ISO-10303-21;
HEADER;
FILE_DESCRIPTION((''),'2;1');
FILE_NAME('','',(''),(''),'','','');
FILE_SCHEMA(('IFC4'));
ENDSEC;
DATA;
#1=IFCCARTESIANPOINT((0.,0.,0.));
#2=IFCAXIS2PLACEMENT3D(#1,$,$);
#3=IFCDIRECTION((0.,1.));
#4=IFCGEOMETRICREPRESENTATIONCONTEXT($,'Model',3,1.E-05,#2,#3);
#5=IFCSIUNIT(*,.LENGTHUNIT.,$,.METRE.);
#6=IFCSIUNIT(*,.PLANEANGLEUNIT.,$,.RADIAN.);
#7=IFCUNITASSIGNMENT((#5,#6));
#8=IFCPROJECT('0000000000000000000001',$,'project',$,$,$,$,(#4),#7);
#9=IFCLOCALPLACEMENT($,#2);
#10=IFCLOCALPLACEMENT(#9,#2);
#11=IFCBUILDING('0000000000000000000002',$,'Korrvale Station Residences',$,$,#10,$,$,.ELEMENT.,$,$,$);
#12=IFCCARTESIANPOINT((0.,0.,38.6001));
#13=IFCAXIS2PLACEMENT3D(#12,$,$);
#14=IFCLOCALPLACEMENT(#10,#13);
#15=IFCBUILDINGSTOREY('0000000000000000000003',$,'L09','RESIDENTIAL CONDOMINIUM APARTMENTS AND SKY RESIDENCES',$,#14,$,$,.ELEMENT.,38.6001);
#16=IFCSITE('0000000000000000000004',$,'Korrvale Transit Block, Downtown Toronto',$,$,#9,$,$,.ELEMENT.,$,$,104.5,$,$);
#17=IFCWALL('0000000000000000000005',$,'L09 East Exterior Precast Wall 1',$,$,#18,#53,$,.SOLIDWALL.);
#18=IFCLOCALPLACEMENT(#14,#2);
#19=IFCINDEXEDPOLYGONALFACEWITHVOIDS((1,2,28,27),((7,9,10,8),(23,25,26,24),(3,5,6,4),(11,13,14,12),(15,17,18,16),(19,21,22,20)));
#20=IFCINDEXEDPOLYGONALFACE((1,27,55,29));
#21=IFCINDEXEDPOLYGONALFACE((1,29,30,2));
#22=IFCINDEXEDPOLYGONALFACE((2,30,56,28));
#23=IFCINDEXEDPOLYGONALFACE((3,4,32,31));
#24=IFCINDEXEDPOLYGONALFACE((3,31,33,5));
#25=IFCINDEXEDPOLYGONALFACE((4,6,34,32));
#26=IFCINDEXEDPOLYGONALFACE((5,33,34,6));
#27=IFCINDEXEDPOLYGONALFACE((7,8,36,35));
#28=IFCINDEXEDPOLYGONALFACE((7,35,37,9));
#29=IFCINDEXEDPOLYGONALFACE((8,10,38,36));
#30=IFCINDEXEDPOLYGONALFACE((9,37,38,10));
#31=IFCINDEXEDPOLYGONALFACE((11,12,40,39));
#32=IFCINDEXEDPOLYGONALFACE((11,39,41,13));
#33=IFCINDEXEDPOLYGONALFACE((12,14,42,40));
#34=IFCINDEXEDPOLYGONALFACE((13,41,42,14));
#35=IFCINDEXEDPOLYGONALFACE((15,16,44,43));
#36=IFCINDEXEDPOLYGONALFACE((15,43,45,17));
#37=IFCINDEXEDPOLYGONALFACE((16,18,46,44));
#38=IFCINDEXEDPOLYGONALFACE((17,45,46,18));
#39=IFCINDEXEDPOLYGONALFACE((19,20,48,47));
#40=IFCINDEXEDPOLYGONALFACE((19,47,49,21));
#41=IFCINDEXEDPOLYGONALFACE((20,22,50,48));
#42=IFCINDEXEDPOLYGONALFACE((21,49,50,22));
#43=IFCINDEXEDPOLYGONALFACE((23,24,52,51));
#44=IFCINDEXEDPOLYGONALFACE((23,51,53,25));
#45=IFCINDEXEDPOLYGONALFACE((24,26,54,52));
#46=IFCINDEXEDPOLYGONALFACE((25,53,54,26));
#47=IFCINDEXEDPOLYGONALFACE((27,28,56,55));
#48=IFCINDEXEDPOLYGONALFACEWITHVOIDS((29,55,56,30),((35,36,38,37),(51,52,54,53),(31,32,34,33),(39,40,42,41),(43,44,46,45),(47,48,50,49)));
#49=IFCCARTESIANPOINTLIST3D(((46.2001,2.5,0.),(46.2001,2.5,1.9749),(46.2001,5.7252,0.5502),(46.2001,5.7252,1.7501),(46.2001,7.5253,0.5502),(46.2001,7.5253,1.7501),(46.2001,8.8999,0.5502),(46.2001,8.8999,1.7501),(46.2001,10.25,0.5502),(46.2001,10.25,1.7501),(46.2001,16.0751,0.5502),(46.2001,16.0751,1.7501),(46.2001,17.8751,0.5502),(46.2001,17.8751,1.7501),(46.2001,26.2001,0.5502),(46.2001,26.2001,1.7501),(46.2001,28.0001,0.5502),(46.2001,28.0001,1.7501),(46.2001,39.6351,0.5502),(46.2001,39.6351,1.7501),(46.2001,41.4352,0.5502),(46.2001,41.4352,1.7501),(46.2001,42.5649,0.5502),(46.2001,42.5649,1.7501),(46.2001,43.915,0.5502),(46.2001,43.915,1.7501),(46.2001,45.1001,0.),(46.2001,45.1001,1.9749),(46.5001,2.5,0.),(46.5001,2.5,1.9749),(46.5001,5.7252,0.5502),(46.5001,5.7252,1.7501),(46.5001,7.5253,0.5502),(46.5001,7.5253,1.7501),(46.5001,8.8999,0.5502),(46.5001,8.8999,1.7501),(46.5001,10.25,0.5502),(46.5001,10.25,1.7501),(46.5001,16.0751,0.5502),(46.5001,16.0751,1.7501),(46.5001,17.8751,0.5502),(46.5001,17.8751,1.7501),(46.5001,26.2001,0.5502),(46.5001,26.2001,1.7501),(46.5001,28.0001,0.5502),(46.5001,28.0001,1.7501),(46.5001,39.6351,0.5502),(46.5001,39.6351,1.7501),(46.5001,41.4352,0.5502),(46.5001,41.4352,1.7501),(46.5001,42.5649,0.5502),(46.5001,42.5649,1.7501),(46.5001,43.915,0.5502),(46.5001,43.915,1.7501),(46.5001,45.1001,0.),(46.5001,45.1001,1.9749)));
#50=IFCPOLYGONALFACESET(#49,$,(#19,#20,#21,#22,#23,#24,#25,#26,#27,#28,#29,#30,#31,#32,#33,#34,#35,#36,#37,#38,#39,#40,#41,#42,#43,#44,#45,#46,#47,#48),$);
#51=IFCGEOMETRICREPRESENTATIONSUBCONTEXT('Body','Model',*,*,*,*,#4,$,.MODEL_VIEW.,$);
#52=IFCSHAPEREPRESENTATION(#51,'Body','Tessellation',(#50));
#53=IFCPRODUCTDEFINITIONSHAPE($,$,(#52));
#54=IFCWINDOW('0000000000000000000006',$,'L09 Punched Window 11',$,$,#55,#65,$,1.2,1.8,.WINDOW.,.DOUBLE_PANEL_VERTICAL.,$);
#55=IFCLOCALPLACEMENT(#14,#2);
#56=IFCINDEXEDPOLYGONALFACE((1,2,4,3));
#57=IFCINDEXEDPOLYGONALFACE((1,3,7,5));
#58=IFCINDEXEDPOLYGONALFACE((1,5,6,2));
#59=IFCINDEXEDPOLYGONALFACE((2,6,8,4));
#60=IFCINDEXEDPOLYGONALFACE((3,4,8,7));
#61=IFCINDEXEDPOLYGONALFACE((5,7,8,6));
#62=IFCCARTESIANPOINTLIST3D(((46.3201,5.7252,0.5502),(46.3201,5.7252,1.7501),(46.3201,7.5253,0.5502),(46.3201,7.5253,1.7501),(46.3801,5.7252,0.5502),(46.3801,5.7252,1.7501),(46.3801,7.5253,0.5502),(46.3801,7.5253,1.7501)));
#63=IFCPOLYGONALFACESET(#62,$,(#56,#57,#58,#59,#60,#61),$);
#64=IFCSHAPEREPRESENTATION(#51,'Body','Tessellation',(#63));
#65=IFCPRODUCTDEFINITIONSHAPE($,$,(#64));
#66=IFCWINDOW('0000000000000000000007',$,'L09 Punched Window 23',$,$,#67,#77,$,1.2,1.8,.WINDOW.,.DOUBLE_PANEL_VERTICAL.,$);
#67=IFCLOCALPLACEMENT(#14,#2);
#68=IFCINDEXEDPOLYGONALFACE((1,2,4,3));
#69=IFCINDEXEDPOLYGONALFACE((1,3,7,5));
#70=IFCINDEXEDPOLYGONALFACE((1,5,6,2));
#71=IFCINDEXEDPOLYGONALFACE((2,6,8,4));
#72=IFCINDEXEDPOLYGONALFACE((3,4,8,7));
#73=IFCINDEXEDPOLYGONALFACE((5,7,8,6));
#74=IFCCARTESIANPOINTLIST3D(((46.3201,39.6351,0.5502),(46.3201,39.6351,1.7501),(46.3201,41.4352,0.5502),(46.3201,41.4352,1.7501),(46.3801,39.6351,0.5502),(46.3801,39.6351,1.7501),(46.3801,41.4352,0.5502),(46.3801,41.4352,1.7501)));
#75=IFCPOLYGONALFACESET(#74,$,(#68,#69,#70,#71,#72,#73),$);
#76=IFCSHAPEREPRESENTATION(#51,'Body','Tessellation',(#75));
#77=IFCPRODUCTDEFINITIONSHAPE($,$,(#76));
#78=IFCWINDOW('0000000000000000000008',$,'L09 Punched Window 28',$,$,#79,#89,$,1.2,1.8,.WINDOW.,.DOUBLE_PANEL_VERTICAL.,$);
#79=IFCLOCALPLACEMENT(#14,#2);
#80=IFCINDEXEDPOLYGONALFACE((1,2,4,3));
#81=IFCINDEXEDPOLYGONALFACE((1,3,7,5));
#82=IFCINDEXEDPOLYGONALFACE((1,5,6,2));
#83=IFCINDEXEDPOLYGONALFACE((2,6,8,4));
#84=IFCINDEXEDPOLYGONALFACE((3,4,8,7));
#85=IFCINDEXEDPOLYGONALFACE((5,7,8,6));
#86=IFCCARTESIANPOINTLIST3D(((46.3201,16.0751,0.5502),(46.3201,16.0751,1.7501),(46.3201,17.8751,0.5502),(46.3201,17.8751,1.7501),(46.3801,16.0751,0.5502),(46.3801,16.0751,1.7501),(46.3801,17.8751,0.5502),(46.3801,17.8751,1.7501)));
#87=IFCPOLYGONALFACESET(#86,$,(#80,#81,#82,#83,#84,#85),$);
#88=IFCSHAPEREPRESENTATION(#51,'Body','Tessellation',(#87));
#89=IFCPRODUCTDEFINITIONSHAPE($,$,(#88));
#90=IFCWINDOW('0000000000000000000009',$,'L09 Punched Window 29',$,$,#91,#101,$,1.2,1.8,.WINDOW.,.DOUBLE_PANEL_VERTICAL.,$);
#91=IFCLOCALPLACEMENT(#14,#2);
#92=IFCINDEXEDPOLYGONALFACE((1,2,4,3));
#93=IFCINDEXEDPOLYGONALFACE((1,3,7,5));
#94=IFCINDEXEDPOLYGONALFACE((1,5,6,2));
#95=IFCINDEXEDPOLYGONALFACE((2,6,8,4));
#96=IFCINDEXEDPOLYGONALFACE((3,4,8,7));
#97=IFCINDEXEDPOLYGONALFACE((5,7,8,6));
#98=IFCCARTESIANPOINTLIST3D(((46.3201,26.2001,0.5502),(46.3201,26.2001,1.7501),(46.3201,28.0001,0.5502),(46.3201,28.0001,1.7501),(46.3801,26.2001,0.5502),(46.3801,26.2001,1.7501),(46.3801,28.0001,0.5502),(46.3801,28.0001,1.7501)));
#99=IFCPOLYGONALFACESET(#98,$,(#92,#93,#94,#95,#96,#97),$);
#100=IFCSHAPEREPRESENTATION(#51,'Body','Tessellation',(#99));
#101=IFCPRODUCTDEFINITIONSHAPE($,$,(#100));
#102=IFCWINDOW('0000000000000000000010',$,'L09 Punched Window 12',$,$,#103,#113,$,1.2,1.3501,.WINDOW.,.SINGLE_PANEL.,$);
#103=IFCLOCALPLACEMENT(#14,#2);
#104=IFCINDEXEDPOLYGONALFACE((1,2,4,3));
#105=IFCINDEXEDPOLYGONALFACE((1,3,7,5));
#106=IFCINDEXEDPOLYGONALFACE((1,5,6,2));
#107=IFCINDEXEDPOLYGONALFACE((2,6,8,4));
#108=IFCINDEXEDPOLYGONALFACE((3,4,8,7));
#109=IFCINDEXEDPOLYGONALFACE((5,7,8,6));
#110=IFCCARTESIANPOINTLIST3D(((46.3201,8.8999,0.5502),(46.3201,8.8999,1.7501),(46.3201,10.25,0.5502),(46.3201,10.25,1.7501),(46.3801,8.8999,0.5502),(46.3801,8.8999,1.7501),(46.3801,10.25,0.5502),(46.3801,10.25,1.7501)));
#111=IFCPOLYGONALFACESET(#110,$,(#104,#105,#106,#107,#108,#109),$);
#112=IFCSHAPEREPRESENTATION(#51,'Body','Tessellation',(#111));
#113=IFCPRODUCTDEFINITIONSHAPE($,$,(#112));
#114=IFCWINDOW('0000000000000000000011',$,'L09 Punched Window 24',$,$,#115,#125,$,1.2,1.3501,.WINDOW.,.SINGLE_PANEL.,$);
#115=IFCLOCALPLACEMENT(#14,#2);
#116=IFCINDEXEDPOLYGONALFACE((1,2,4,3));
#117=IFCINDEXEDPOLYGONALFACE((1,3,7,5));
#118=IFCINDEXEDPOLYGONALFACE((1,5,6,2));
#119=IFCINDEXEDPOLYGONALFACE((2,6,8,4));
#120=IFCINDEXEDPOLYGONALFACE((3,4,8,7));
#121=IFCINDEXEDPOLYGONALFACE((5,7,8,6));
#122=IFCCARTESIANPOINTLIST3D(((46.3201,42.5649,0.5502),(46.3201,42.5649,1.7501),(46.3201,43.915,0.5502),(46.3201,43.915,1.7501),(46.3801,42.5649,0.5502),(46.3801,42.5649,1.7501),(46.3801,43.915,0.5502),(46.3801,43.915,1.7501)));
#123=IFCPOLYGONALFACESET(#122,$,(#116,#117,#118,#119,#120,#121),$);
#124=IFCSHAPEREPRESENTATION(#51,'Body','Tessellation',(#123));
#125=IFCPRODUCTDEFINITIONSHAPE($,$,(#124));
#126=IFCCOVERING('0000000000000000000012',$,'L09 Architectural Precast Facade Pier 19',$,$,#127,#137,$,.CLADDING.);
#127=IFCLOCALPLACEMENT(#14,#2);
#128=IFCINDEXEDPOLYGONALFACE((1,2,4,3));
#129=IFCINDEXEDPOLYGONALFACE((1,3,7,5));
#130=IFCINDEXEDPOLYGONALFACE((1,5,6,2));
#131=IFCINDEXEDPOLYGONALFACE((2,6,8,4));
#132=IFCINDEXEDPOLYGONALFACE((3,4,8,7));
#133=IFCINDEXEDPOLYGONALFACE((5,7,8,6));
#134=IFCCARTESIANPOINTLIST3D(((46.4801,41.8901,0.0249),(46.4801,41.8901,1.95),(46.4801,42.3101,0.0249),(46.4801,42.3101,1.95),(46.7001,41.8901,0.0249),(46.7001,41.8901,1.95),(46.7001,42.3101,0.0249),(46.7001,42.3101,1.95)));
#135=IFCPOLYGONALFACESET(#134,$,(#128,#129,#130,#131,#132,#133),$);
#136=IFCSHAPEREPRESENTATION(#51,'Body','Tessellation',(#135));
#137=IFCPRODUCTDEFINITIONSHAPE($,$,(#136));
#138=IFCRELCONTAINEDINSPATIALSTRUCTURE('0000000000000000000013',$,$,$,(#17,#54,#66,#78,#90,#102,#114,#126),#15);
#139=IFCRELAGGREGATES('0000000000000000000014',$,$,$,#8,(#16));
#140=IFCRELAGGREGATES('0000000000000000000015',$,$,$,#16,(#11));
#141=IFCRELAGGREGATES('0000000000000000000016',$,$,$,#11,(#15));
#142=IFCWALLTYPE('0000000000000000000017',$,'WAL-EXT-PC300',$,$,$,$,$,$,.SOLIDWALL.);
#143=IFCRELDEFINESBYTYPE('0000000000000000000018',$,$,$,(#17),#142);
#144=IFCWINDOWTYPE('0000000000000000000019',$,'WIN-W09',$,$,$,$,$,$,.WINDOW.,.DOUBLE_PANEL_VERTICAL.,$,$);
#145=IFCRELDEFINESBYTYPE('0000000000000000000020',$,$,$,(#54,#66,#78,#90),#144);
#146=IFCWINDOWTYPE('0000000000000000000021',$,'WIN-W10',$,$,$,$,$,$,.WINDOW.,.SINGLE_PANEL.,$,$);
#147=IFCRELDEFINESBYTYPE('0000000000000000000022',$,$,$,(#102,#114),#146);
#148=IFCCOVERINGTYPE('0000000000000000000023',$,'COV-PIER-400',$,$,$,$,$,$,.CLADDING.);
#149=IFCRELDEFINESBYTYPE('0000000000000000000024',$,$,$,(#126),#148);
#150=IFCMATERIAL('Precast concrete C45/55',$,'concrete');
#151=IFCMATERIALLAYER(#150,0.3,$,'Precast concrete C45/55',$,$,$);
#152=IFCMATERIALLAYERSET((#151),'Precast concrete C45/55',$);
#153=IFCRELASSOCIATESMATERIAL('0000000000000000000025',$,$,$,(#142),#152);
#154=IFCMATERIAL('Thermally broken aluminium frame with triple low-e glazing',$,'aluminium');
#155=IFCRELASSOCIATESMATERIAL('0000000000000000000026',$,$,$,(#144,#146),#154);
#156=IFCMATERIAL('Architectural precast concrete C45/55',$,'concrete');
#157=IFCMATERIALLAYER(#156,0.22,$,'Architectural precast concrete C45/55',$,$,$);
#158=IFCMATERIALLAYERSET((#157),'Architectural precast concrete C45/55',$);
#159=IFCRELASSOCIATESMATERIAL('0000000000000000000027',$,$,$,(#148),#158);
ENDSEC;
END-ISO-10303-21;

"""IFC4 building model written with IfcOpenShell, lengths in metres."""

from ifc_helpers import new_model, si_unit, direction, frame, frame_2d, origin, origin_2d, place, context, subcontext, project, spatial, rectangle, extrude, material, layer, layer_set, type_object, element, fill, save


model = new_model("IFC4")

# Units and contexts
model_context = context("Model", 3, precision=1e-05, world=origin(), true_north=direction((0.0, 1.0)))
body_context = subcontext(model_context, "Body", "Model", "MODEL_VIEW")
ifc_project = project(units=[si_unit("LENGTHUNIT", "METRE"), si_unit("PLANEANGLEUNIT", "RADIAN")], contexts=[model_context])

# Site, building, storey
site_placement = place(None, origin())
site = spatial("IfcSite", under=ifc_project, at=site_placement, Name="Korrvale Transit Block, Downtown Toronto", CompositionType="ELEMENT", RefElevation=104.5)
building_placement = place(site_placement, origin())
building = spatial("IfcBuilding", under=site, at=building_placement, Name="Korrvale Station Residences", CompositionType="ELEMENT")
storey_placement = place(building_placement, frame((0.0, 0.0, 38.6001)))
storey = spatial("IfcBuildingStorey", under=building, at=storey_placement, Name="L09", Description="RESIDENTIAL CONDOMINIUM APARTMENTS AND SKY RESIDENCES", CompositionType="ELEMENT", Elevation=38.6001)

# Shared definitions
ifc_material_1 = material(Name="Precast concrete C45/55", Category="concrete")
ifc_layer_1 = layer(ifc_material_1, 0.3, Name="Precast concrete C45/55")
ifc_layer_set_1 = layer_set([ifc_layer_1], Name="Precast concrete C45/55")
wall_type_1 = type_object("IfcWallType", Name="WAL-EXT-PC300", PredefinedType="SOLIDWALL", material=ifc_layer_set_1)

# Wall, openings, windows
wall_1_placement = place(storey_placement, frame((46.3501, 45.1001, 0.0), z_axis=(0.0, 0.0, 1.0), x_axis=(0.0, -1.0, 0.0)))
wall_1 = element("IfcWall", 1, at=wall_1_placement, inside=storey, type_object=wall_type_1, Name="L09 East Exterior Precast Wall 1", PredefinedType="SOLIDWALL", context=body_context, shape_type="SweptSolid", body=[
    extrude(rectangle(XDim=42.6001, YDim=0.3, at=frame_2d((21.3, 0.0))), origin(), (0.0, 0.0, 1.0), 1.9749),
])
opening_1_placement = place(wall_1_placement, frame((37.575, 0.0, 0.55)))
opening_1 = element("IfcOpeningElement", 2, at=opening_1_placement, cuts=wall_1, PredefinedType="OPENING", context=body_context, shape_type="SweptSolid", body=[
    extrude(rectangle(XDim=1.8, YDim=1.2, at=frame_2d((0.8999, 0.6001))), frame((0.0, 0.1602, 0.0), z_axis=(0.0, -1.0, 0.0), x_axis=(1.0, 0.0, 0.0)), (0.0, 0.0, 1.0), 0.3201),
])
opening_2_placement = place(wall_1_placement, frame((34.8501, 0.0, 0.55)))
opening_2 = element("IfcOpeningElement", 3, at=opening_2_placement, cuts=wall_1, PredefinedType="OPENING", context=body_context, shape_type="SweptSolid", body=[
    extrude(rectangle(XDim=1.3501, YDim=1.2, at=frame_2d((0.675, 0.6001))), frame((0.0, 0.1602, 0.0), z_axis=(0.0, -1.0, 0.0), x_axis=(1.0, 0.0, 0.0)), (0.0, 0.0, 1.0), 0.3201),
])
opening_3_placement = place(wall_1_placement, frame((3.665, 0.0, 0.55)))
opening_3 = element("IfcOpeningElement", 4, at=opening_3_placement, cuts=wall_1, PredefinedType="OPENING", context=body_context, shape_type="SweptSolid", body=[
    extrude(rectangle(XDim=1.8, YDim=1.2, at=frame_2d((0.8999, 0.6001))), frame((0.0, 0.1602, 0.0), z_axis=(0.0, -1.0, 0.0), x_axis=(1.0, 0.0, 0.0)), (0.0, 0.0, 1.0), 0.3201),
])
opening_4_placement = place(wall_1_placement, frame((1.1851, 0.0, 0.55)))
opening_4 = element("IfcOpeningElement", 5, at=opening_4_placement, cuts=wall_1, PredefinedType="OPENING", context=body_context, shape_type="SweptSolid", body=[
    extrude(rectangle(XDim=1.3501, YDim=1.2, at=frame_2d((0.675, 0.6001))), frame((0.0, 0.1602, 0.0), z_axis=(0.0, -1.0, 0.0), x_axis=(1.0, 0.0, 0.0)), (0.0, 0.0, 1.0), 0.3201),
])
opening_5_placement = place(wall_1_placement, frame((27.2251, 0.0, 0.55)))
opening_5 = element("IfcOpeningElement", 6, at=opening_5_placement, cuts=wall_1, PredefinedType="OPENING", context=body_context, shape_type="SweptSolid", body=[
    extrude(rectangle(XDim=1.8, YDim=1.2, at=frame_2d((0.8999, 0.6001))), frame((0.0, 0.1602, 0.0), z_axis=(0.0, -1.0, 0.0), x_axis=(1.0, 0.0, 0.0)), (0.0, 0.0, 1.0), 0.3201),
])
opening_6_placement = place(wall_1_placement, frame((17.1001, 0.0, 0.55)))
opening_6 = element("IfcOpeningElement", 7, at=opening_6_placement, cuts=wall_1, PredefinedType="OPENING", context=body_context, shape_type="SweptSolid", body=[
    extrude(rectangle(XDim=1.8, YDim=1.2, at=frame_2d((0.8999, 0.6001))), frame((0.0, 0.1602, 0.0), z_axis=(0.0, -1.0, 0.0), x_axis=(1.0, 0.0, 0.0)), (0.0, 0.0, 1.0), 0.3201),
])
ifc_material_2 = material(Name="Thermally broken aluminium frame with triple low-e glazing", Category="aluminium")
window_type_1 = type_object("IfcWindowType", Name="WIN-W09", PartitioningType="DOUBLE_PANEL_VERTICAL", PredefinedType="WINDOW", material=ifc_material_2)
window_1_placement = place(opening_1_placement, origin())
window_1 = element("IfcWindow", 8, at=window_1_placement, inside=storey, type_object=window_type_1, Name="L09 Punched Window 11", OverallHeight=1.2, OverallWidth=1.8, PartitioningType="DOUBLE_PANEL_VERTICAL", PredefinedType="WINDOW", context=body_context, shape_type="SweptSolid", body=[
    extrude(rectangle(XDim=1.8, YDim=1.2, at=frame_2d((0.8999, 0.6001))), frame((0.0, 0.03, 0.0), z_axis=(0.0, -1.0, 0.0), x_axis=(1.0, 0.0, 0.0)), (0.0, 0.0, 1.0), 0.0601),
])
fill(opening_1, window_1)
window_2_placement = place(opening_3_placement, origin())
window_2 = element("IfcWindow", 9, at=window_2_placement, inside=storey, type_object=window_type_1, Name="L09 Punched Window 23", OverallHeight=1.2, OverallWidth=1.8, PartitioningType="DOUBLE_PANEL_VERTICAL", PredefinedType="WINDOW", context=body_context, shape_type="SweptSolid", body=[
    extrude(rectangle(XDim=1.8, YDim=1.2, at=frame_2d((0.8999, 0.6001))), frame((0.0, 0.03, 0.0), z_axis=(0.0, -1.0, 0.0), x_axis=(1.0, 0.0, 0.0)), (0.0, 0.0, 1.0), 0.0601),
])
fill(opening_3, window_2)
window_3_placement = place(opening_5_placement, origin())
window_3 = element("IfcWindow", 10, at=window_3_placement, inside=storey, type_object=window_type_1, Name="L09 Punched Window 28", OverallHeight=1.2, OverallWidth=1.8, PartitioningType="DOUBLE_PANEL_VERTICAL", PredefinedType="WINDOW", context=body_context, shape_type="SweptSolid", body=[
    extrude(rectangle(XDim=1.8, YDim=1.2, at=frame_2d((0.8999, 0.6001))), frame((0.0, 0.03, 0.0), z_axis=(0.0, -1.0, 0.0), x_axis=(1.0, 0.0, 0.0)), (0.0, 0.0, 1.0), 0.0601),
])
fill(opening_5, window_3)
window_4_placement = place(opening_6_placement, origin())
window_4 = element("IfcWindow", 11, at=window_4_placement, inside=storey, type_object=window_type_1, Name="L09 Punched Window 29", OverallHeight=1.2, OverallWidth=1.8, PartitioningType="DOUBLE_PANEL_VERTICAL", PredefinedType="WINDOW", context=body_context, shape_type="SweptSolid", body=[
    extrude(rectangle(XDim=1.8, YDim=1.2, at=frame_2d((0.8999, 0.6001))), frame((0.0, 0.03, 0.0), z_axis=(0.0, -1.0, 0.0), x_axis=(1.0, 0.0, 0.0)), (0.0, 0.0, 1.0), 0.0601),
])
fill(opening_6, window_4)
window_type_2 = type_object("IfcWindowType", Name="WIN-W10", PartitioningType="SINGLE_PANEL", PredefinedType="WINDOW", material=ifc_material_2)
window_5_placement = place(opening_2_placement, origin())
window_5 = element("IfcWindow", 12, at=window_5_placement, inside=storey, type_object=window_type_2, Name="L09 Punched Window 12", OverallHeight=1.2, OverallWidth=1.3501, PartitioningType="SINGLE_PANEL", PredefinedType="WINDOW", context=body_context, shape_type="SweptSolid", body=[
    extrude(rectangle(XDim=1.3501, YDim=1.2, at=frame_2d((0.675, 0.6001))), frame((0.0, 0.03, 0.0), z_axis=(0.0, -1.0, 0.0), x_axis=(1.0, 0.0, 0.0)), (0.0, 0.0, 1.0), 0.0601),
])
fill(opening_2, window_5)
window_6_placement = place(opening_4_placement, origin())
window_6 = element("IfcWindow", 13, at=window_6_placement, inside=storey, type_object=window_type_2, Name="L09 Punched Window 24", OverallHeight=1.2, OverallWidth=1.3501, PartitioningType="SINGLE_PANEL", PredefinedType="WINDOW", context=body_context, shape_type="SweptSolid", body=[
    extrude(rectangle(XDim=1.3501, YDim=1.2, at=frame_2d((0.675, 0.6001))), frame((0.0, 0.03, 0.0), z_axis=(0.0, -1.0, 0.0), x_axis=(1.0, 0.0, 0.0)), (0.0, 0.0, 1.0), 0.0601),
])
fill(opening_4, window_6)

# Covering
ifc_material_3 = material(Name="Architectural precast concrete C45/55", Category="concrete")
ifc_layer_2 = layer(ifc_material_3, 0.22, Name="Architectural precast concrete C45/55")
ifc_layer_set_2 = layer_set([ifc_layer_2], Name="Architectural precast concrete C45/55")
covering_type = type_object("IfcCoveringType", Name="COV-PIER-400", PredefinedType="CLADDING", material=ifc_layer_set_2)
covering_placement = place(storey_placement, frame((46.5901, 42.1001, 0.0249), z_axis=(0.0, 0.0, 1.0), x_axis=(0.0, 1.0, 0.0)))
element("IfcCovering", 14, at=covering_placement, inside=storey, type_object=covering_type, Name="L09 Architectural Precast Facade Pier 19", PredefinedType="CLADDING", context=body_context, shape_type="SweptSolid", body=[
    extrude(rectangle(XDim=0.4199, YDim=0.22, at=origin_2d()), origin(), (0.0, 0.0, 1.0), 1.925),
])

save(model, "model.ifc")
